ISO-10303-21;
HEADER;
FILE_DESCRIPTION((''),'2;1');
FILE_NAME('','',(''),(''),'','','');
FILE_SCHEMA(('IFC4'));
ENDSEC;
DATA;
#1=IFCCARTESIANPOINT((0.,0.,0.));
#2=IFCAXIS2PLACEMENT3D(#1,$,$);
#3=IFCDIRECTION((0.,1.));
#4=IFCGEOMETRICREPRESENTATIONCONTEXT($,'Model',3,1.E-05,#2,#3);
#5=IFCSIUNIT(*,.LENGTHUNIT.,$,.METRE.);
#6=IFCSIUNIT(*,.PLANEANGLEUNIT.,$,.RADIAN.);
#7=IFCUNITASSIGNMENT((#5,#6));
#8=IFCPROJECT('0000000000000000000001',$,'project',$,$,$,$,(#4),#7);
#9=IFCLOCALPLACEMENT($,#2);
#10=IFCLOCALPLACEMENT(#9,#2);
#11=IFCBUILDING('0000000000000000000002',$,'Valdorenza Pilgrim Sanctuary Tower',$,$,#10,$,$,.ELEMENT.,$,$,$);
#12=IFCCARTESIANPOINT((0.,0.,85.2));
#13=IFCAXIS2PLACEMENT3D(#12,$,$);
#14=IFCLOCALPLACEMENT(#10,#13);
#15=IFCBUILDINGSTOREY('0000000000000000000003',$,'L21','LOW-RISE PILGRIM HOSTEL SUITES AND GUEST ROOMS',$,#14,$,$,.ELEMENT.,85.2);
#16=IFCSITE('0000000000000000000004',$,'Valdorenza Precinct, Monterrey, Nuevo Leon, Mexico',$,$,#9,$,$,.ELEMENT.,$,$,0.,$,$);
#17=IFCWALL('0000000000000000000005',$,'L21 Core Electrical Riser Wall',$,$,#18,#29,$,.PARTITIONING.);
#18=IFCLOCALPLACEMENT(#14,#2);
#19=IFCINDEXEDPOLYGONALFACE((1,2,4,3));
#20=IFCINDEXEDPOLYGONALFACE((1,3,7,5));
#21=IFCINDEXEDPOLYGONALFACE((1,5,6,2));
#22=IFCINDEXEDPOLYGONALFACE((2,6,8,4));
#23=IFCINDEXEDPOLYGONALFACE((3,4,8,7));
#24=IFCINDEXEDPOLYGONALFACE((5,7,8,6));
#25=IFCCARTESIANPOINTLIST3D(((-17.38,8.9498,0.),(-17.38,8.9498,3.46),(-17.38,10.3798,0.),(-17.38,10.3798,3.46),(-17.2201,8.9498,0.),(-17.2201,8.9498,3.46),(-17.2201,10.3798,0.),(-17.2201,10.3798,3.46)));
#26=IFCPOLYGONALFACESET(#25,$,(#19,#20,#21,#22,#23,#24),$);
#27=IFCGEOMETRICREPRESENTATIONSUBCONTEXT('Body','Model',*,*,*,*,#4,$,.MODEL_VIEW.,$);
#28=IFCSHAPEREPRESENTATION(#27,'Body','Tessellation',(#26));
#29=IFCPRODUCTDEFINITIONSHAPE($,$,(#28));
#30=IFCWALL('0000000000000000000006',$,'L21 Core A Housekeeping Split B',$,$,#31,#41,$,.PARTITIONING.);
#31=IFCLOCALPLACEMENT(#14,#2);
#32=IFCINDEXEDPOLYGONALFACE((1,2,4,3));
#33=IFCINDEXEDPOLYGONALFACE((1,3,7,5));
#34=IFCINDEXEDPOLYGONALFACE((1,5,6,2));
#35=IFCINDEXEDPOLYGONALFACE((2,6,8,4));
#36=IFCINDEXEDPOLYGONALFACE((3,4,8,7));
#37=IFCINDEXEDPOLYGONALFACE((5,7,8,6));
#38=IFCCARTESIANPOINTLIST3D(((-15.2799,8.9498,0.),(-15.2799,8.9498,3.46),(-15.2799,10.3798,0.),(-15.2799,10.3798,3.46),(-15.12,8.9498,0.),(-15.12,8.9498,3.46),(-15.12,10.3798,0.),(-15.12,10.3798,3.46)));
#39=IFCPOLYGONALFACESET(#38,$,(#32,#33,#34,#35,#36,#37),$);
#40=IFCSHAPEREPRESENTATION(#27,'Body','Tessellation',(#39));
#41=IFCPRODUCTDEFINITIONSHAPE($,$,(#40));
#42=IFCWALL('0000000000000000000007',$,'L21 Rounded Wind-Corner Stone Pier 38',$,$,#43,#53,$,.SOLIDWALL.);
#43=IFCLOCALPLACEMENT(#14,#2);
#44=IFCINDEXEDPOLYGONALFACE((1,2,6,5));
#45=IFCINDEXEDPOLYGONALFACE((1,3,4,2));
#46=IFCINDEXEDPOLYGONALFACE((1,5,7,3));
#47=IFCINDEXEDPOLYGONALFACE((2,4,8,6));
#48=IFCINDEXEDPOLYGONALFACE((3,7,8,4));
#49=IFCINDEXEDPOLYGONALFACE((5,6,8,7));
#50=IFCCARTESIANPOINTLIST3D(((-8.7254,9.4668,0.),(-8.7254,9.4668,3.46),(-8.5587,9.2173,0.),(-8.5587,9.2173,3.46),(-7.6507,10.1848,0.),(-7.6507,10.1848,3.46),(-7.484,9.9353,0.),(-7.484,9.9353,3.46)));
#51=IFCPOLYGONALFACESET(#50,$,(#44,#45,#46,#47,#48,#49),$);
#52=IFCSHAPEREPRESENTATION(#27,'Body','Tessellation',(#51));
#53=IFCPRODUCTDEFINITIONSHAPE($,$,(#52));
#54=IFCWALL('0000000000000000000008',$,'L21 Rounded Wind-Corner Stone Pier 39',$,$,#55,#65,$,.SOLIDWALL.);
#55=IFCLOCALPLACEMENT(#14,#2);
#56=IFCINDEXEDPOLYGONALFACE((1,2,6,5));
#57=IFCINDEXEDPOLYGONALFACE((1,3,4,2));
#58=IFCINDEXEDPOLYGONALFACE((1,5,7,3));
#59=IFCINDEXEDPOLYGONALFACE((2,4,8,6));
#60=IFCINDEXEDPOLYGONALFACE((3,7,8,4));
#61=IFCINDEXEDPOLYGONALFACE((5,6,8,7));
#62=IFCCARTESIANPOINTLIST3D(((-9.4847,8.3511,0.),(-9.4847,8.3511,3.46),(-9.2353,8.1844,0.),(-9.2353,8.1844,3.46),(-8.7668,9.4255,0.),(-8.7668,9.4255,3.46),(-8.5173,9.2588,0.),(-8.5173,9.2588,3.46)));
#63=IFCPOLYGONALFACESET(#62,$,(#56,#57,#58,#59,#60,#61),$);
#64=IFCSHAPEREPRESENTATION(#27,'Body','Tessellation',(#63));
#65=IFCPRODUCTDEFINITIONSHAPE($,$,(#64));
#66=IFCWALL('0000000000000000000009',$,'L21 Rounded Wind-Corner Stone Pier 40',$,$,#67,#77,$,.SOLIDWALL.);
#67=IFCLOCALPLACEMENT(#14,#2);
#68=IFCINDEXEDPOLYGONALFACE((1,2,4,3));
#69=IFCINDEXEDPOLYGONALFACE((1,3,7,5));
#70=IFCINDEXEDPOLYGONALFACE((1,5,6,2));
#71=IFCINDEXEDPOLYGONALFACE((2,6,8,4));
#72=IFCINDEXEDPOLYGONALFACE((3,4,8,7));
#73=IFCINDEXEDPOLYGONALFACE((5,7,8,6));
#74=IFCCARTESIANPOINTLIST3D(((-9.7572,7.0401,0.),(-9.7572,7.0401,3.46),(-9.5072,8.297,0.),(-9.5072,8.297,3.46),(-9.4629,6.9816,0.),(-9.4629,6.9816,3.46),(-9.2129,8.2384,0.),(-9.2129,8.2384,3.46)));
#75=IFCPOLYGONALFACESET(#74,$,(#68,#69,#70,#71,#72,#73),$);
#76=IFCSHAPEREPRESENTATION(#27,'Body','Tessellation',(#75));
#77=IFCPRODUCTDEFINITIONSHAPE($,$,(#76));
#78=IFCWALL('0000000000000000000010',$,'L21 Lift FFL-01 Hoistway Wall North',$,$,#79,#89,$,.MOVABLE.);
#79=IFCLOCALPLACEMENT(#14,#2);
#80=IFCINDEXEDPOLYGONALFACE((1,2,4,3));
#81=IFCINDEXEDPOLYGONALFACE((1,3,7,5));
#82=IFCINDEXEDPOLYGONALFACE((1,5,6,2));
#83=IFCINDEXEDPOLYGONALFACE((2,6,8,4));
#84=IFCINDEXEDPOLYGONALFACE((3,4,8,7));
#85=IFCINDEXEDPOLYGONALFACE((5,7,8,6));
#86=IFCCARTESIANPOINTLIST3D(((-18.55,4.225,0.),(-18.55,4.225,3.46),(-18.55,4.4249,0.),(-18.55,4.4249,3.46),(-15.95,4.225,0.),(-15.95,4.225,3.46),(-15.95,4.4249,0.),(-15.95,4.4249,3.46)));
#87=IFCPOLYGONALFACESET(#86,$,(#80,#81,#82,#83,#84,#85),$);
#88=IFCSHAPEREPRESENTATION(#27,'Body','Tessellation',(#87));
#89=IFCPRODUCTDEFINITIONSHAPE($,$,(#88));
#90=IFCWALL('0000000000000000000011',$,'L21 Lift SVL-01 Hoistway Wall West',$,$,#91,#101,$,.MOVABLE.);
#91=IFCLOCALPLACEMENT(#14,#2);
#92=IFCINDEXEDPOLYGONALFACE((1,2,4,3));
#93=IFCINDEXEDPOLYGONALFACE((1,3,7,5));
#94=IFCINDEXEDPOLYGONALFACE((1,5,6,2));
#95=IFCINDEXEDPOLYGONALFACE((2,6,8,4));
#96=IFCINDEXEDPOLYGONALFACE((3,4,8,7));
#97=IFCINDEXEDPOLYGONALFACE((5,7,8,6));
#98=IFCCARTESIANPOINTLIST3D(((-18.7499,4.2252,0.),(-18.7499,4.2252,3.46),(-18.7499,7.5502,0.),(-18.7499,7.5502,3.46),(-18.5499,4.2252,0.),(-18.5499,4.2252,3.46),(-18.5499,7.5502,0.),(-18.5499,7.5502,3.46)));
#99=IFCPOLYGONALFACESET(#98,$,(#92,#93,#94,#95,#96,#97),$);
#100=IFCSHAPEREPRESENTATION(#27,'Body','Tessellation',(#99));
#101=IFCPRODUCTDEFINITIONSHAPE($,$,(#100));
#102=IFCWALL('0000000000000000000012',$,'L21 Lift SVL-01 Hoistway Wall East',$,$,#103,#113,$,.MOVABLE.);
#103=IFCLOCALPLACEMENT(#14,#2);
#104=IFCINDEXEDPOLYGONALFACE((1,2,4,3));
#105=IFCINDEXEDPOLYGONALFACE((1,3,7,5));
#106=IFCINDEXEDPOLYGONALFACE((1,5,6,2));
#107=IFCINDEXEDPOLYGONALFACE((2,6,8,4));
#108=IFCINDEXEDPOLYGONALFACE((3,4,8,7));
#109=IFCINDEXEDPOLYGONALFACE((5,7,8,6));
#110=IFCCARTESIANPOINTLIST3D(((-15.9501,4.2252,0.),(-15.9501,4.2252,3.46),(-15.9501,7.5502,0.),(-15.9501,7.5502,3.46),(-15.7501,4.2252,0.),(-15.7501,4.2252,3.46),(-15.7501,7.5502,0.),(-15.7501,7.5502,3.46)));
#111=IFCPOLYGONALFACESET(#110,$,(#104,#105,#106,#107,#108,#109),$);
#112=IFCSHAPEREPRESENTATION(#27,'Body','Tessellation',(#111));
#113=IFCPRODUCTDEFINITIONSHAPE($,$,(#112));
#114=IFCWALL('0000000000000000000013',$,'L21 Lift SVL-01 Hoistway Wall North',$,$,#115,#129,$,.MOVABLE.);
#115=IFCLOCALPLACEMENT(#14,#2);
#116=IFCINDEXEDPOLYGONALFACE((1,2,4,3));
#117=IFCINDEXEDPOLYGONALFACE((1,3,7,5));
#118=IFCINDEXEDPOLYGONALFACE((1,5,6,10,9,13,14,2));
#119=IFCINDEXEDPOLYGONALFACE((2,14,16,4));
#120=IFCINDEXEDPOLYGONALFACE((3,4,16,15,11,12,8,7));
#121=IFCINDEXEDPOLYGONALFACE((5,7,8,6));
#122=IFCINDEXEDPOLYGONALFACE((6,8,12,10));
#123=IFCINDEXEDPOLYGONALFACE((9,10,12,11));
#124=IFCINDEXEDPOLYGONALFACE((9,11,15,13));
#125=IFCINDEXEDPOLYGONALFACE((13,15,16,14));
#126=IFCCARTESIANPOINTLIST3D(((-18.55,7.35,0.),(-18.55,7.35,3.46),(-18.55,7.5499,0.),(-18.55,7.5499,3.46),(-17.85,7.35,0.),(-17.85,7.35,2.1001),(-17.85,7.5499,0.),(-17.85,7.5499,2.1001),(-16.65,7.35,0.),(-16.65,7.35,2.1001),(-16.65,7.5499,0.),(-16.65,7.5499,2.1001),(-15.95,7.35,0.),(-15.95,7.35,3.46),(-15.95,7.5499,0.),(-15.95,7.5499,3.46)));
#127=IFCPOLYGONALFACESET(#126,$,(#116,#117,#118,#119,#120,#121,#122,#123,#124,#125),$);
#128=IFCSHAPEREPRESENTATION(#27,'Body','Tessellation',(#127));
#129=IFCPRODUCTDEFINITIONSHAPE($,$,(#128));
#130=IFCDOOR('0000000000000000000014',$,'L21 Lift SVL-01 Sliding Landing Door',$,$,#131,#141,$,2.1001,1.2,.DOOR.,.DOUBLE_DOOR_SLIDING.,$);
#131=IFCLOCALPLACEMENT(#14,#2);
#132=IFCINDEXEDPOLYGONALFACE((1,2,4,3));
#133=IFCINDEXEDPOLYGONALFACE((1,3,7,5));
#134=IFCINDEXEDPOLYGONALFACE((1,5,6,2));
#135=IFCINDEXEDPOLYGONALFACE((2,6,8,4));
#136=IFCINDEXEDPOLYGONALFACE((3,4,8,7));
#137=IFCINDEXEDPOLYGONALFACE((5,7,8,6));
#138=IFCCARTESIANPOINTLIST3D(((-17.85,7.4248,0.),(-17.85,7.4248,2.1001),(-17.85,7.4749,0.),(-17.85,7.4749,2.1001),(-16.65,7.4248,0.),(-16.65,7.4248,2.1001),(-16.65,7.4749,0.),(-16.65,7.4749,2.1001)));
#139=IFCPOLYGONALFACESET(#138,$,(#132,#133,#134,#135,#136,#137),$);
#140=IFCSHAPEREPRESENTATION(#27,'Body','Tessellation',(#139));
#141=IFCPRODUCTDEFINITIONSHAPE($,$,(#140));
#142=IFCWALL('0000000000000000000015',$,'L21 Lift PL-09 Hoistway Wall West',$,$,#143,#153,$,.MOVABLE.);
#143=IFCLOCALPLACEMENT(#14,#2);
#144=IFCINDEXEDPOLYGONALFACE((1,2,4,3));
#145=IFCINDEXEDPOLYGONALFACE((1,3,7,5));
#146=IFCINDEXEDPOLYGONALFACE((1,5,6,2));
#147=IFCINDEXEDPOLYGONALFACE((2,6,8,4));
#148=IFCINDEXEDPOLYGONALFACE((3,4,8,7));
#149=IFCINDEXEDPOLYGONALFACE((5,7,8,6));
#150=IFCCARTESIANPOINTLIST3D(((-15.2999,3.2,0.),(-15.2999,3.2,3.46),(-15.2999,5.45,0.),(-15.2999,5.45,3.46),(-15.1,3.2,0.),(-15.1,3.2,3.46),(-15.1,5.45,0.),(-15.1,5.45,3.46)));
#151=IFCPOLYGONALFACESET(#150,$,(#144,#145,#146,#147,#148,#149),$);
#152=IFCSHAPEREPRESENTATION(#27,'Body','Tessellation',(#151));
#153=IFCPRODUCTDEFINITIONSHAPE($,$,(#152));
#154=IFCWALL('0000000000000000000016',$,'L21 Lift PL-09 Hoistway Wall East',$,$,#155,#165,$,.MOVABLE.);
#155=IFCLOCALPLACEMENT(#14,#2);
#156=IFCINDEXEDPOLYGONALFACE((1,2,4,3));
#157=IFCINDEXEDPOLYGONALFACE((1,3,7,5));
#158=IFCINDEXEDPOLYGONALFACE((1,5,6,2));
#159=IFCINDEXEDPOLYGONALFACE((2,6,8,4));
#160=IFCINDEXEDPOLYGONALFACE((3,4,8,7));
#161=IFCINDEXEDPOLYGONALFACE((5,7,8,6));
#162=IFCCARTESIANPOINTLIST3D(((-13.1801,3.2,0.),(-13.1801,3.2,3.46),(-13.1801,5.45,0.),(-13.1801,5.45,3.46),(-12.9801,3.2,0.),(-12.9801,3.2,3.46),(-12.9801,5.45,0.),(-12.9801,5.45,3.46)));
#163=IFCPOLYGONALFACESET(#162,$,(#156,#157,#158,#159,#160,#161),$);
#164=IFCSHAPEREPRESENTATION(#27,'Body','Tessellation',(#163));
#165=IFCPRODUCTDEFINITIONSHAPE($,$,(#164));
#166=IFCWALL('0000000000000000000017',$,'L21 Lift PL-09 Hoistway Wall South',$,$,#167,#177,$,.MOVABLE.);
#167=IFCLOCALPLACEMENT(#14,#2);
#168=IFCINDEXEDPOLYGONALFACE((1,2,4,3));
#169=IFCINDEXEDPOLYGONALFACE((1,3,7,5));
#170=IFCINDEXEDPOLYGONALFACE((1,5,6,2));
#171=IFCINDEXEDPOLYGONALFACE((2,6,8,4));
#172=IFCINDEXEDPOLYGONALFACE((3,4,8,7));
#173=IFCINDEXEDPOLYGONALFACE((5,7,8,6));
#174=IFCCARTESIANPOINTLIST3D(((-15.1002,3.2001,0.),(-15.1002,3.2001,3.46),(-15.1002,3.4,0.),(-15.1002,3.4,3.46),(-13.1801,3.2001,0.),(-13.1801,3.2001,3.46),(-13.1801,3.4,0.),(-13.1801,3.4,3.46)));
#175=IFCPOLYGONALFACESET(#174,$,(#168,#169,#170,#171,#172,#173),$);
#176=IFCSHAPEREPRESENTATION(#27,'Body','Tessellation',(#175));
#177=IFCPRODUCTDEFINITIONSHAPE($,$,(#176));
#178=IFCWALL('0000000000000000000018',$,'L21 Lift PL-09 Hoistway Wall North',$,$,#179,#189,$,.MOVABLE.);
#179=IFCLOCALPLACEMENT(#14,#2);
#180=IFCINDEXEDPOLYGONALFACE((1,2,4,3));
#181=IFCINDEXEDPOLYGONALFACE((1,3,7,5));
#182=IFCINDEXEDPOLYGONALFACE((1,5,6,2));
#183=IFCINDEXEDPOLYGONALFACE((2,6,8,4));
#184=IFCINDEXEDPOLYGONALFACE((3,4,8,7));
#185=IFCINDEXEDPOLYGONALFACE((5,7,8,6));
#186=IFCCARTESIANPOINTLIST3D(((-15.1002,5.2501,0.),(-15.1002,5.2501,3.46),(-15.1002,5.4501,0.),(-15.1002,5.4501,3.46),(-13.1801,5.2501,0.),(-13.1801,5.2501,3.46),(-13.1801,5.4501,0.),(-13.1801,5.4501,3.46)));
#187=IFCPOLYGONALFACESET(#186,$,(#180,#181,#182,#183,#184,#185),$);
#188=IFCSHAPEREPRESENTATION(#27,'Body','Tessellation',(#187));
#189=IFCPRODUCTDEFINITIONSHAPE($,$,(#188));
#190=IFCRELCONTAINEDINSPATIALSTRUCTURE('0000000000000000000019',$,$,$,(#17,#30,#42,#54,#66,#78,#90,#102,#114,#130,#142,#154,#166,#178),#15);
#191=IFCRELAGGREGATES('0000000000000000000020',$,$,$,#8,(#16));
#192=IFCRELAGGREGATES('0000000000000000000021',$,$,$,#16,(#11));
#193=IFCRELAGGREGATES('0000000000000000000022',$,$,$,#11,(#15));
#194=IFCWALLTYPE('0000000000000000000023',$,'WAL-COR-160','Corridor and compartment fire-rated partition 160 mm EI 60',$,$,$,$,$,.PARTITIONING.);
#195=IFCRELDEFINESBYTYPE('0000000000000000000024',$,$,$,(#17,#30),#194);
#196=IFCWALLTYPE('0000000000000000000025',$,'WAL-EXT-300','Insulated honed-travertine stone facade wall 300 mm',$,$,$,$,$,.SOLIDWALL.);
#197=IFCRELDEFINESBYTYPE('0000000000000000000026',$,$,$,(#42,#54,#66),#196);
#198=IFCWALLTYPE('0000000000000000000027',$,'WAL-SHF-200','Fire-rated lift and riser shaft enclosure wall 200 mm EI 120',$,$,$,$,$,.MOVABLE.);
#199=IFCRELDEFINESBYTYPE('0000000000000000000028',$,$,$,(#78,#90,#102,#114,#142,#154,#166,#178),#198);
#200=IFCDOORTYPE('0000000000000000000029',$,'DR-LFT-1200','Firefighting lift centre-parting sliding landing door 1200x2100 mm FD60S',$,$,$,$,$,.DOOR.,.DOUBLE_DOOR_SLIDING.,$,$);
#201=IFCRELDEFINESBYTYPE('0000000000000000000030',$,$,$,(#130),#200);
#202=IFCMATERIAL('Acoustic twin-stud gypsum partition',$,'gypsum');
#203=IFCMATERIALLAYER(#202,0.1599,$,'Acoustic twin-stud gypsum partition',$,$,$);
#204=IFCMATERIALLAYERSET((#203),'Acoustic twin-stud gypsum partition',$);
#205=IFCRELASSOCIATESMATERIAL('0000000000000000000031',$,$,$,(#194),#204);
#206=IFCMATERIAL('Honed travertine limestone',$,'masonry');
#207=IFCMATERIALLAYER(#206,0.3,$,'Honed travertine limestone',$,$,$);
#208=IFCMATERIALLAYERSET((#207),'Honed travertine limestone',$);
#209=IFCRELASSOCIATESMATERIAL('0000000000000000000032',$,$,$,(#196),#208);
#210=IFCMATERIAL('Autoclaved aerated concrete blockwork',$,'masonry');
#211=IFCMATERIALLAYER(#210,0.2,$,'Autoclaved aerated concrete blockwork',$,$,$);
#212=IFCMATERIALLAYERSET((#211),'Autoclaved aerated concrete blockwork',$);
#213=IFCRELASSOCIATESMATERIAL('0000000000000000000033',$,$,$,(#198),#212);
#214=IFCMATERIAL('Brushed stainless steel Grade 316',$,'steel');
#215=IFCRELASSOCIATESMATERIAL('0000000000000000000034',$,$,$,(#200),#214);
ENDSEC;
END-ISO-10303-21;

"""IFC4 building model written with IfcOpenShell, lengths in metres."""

from ifc_helpers import new_model, si_unit, direction, frame, frame_2d, origin, place, context, subcontext, project, spatial, rectangle, extrude, material, layer, layer_set, type_object, element, fill, save


model = new_model("IFC4")

# Units and contexts
model_context = context("Model", 3, precision=1e-05, world=origin(), true_north=direction((0.0, 1.0)))
body_context = subcontext(model_context, "Body", "Model", "MODEL_VIEW")
ifc_project = project(units=[si_unit("LENGTHUNIT", "METRE"), si_unit("PLANEANGLEUNIT", "RADIAN")], contexts=[model_context])

# Site, building, storey
site_placement = place(None, origin())
site = spatial("IfcSite", under=ifc_project, at=site_placement, Name="Valdorenza Precinct, Monterrey, Nuevo Leon, Mexico", CompositionType="ELEMENT", RefElevation=0.0)
building_placement = place(site_placement, origin())
building = spatial("IfcBuilding", under=site, at=building_placement, Name="Valdorenza Pilgrim Sanctuary Tower", CompositionType="ELEMENT")
storey_placement = place(building_placement, frame((0.0, 0.0, 85.2)))
storey = spatial("IfcBuildingStorey", under=building, at=storey_placement, Name="L21", Description="LOW-RISE PILGRIM HOSTEL SUITES AND GUEST ROOMS", CompositionType="ELEMENT", Elevation=85.2)

# Shared definitions
ifc_material_1 = material(Name="Honed travertine limestone", Category="masonry")

# Shared definitions
ifc_material_2 = material(Name="Acoustic twin-stud gypsum partition", Category="gypsum")
ifc_layer_1 = layer(ifc_material_2, 0.1599, Name="Acoustic twin-stud gypsum partition")
ifc_layer_set_1 = layer_set([ifc_layer_1], Name="Acoustic twin-stud gypsum partition")
wall_type_1 = type_object("IfcWallType", Name="WAL-COR-160", Description="Corridor and compartment fire-rated partition 160 mm EI 60", PredefinedType="PARTITIONING", material=ifc_layer_set_1)

# Walls
for number, where, z_axis, x_axis, name in (
    (1, (-17.3, 8.95, 0.0), (0.0, 0.0, 1.0), (0.0, 1.0, 0.0), "L21 Core Electrical Riser Wall"),
    (2, (-15.2, 8.95, 0.0), (0.0, 0.0, 1.0), (0.0, 1.0, 0.0), "L21 Core A Housekeeping Split B"),
):
    element("IfcWall", number, at=place(storey_placement, frame(where, z_axis=z_axis, x_axis=x_axis)), inside=storey, type_object=wall_type_1, Name=name, PredefinedType="PARTITIONING", context=body_context, shape_type="SweptSolid", body=[
        extrude(rectangle(XDim=1.4299, YDim=0.1599, at=frame_2d((0.7148, 0.0))), origin(), (0.0, 0.0, 1.0), 3.46),
    ])
ifc_layer_2 = layer(ifc_material_1, 0.3, Name="Honed travertine limestone")
ifc_layer_set_2 = layer_set([ifc_layer_2], Name="Honed travertine limestone")
wall_type_2 = type_object("IfcWallType", Name="WAL-EXT-300", Description="Insulated honed-travertine stone facade wall 300 mm", PredefinedType="SOLIDWALL", material=ifc_layer_set_2)
wall_1_placement = place(storey_placement, frame((-7.5674, 10.0601, 0.0), z_axis=(0.0, 0.0, 1.0), x_axis=(-0.831498, -0.555528, 0.0)))
element("IfcWall", 3, at=wall_1_placement, inside=storey, type_object=wall_type_2, Name="L21 Rounded Wind-Corner Stone Pier 38", PredefinedType="SOLIDWALL", context=body_context, shape_type="SweptSolid", body=[
    extrude(rectangle(XDim=1.2925, YDim=0.3, at=frame_2d((0.6462, 0.0))), origin(), (0.0, 0.0, 1.0), 3.46),
])
wall_2_placement = place(storey_placement, frame((-8.6421, 9.342, 0.0), z_axis=(0.0, 0.0, 1.0), x_axis=(-0.555615, -0.831439, 0.0)))
element("IfcWall", 4, at=wall_2_placement, inside=storey, type_object=wall_type_2, Name="L21 Rounded Wind-Corner Stone Pier 39", PredefinedType="SOLIDWALL", context=body_context, shape_type="SweptSolid", body=[
    extrude(rectangle(XDim=1.2922, YDim=0.3, at=frame_2d((0.646, 0.0))), origin(), (0.0, 0.0, 1.0), 3.46),
])
wall_3_placement = place(storey_placement, frame((-9.3601, 8.2676, 0.0), z_axis=(0.0, 0.0, 1.0), x_axis=(-0.19509, -0.980785, 0.0)))
element("IfcWall", 5, at=wall_3_placement, inside=storey, type_object=wall_type_2, Name="L21 Rounded Wind-Corner Stone Pier 40", PredefinedType="SOLIDWALL", context=body_context, shape_type="SweptSolid", body=[
    extrude(rectangle(XDim=1.2815, YDim=0.3, at=frame_2d((0.6406, 0.0))), origin(), (0.0, 0.0, 1.0), 3.46),
])
ifc_material_3 = material(Name="Autoclaved aerated concrete blockwork", Category="masonry")
ifc_layer_3 = layer(ifc_material_3, 0.2, Name="Autoclaved aerated concrete blockwork")
ifc_layer_set_3 = layer_set([ifc_layer_3], Name="Autoclaved aerated concrete blockwork")
wall_type_3 = type_object("IfcWallType", Name="WAL-SHF-200", Description="Fire-rated lift and riser shaft enclosure wall 200 mm EI 120", PredefinedType="MOVABLE", material=ifc_layer_set_3)
wall_4_placement = place(storey_placement, frame((-18.55, 4.325, 0.0), z_axis=(0.0, 0.0, 1.0), x_axis=(1.0, 0.0, 0.0)))
element("IfcWall", 6, at=wall_4_placement, inside=storey, type_object=wall_type_3, Name="L21 Lift FFL-01 Hoistway Wall North", PredefinedType="MOVABLE", context=body_context, shape_type="SweptSolid", body=[
    extrude(rectangle(XDim=2.6001, YDim=0.2, at=frame_2d((1.3, 0.0))), origin(), (0.0, 0.0, 1.0), 3.46),
])
for number, where, z_axis, x_axis, name in (
    (7, (-18.6499, 4.2251, 0.0), (0.0, 0.0, 1.0), (0.0, 1.0, 0.0), "L21 Lift SVL-01 Hoistway Wall West"),
    (8, (-15.8501, 4.2251, 0.0), (0.0, 0.0, 1.0), (0.0, 1.0, 0.0), "L21 Lift SVL-01 Hoistway Wall East"),
):
    element("IfcWall", number, at=place(storey_placement, frame(where, z_axis=z_axis, x_axis=x_axis)), inside=storey, type_object=wall_type_3, Name=name, PredefinedType="MOVABLE", context=body_context, shape_type="SweptSolid", body=[
        extrude(rectangle(XDim=3.325, YDim=0.2, at=frame_2d((1.6626, 0.0))), origin(), (0.0, 0.0, 1.0), 3.46),
    ])

# Wall, opening, door
wall_5_placement = place(storey_placement, frame((-18.55, 7.45, 0.0), z_axis=(0.0, 0.0, 1.0), x_axis=(1.0, 0.0, 0.0)))
wall_5 = element("IfcWall", 9, at=wall_5_placement, inside=storey, type_object=wall_type_3, Name="L21 Lift SVL-01 Hoistway Wall North", PredefinedType="MOVABLE", context=body_context, shape_type="SweptSolid", body=[
    extrude(rectangle(XDim=2.6001, YDim=0.2, at=frame_2d((1.3, 0.0))), origin(), (0.0, 0.0, 1.0), 3.46),
])
opening_1_placement = place(wall_5_placement, frame((0.7, 0.0, 0.0)))
opening_1 = element("IfcOpeningElement", 10, at=opening_1_placement, cuts=wall_5, PredefinedType="OPENING", context=body_context, shape_type="SweptSolid", body=[
    extrude(rectangle(XDim=1.2, YDim=2.1001, at=frame_2d((0.6001, 1.05))), frame((0.0, 0.1147, 0.0), z_axis=(0.0, -1.0, 0.0), x_axis=(1.0, 0.0, 0.0)), (0.0, 0.0, 1.0), 0.2297),
])
ifc_material_4 = material(Name="Brushed stainless steel Grade 316", Category="steel")
door_type_1 = type_object("IfcDoorType", Name="DR-LFT-1200", Description="Firefighting lift centre-parting sliding landing door 1200x2100 mm FD60S", OperationType="DOUBLE_DOOR_SLIDING", PredefinedType="DOOR", material=ifc_material_4)
door_1_placement = place(opening_1_placement, origin())
door_1 = element("IfcDoor", 11, at=door_1_placement, inside=storey, type_object=door_type_1, Name="L21 Lift SVL-01 Sliding Landing Door", OperationType="DOUBLE_DOOR_SLIDING", OverallHeight=2.1001, OverallWidth=1.2, PredefinedType="DOOR", context=body_context, shape_type="SweptSolid", body=[
    extrude(rectangle(XDim=1.2, YDim=2.1001, at=frame_2d((0.6001, 1.05))), frame((0.0, 0.0249, 0.0), z_axis=(0.0, -1.0, 0.0), x_axis=(1.0, 0.0, 0.0)), (0.0, 0.0, 1.0), 0.05),
])
fill(opening_1, door_1)

# Walls
for number, where, z_axis, x_axis, name in (
    (12, (-15.2, 3.2, 0.0), (0.0, 0.0, 1.0), (0.0, 1.0, 0.0), "L21 Lift PL-09 Hoistway Wall West"),
    (13, (-13.0801, 3.2, 0.0), (0.0, 0.0, 1.0), (0.0, 1.0, 0.0), "L21 Lift PL-09 Hoistway Wall East"),
):
    element("IfcWall", number, at=place(storey_placement, frame(where, z_axis=z_axis, x_axis=x_axis)), inside=storey, type_object=wall_type_3, Name=name, PredefinedType="MOVABLE", context=body_context, shape_type="SweptSolid", body=[
        extrude(rectangle(XDim=2.25, YDim=0.2, at=frame_2d((1.125, 0.0))), origin(), (0.0, 0.0, 1.0), 3.46),
    ])
for number, where, z_axis, x_axis, name in (
    (14, (-15.1001, 3.3, 0.0), (0.0, 0.0, 1.0), (1.0, 0.0, 0.0), "L21 Lift PL-09 Hoistway Wall South"),
    (15, (-15.1001, 5.3501, 0.0), (0.0, 0.0, 1.0), (1.0, 0.0, 0.0), "L21 Lift PL-09 Hoistway Wall North"),
):
    element("IfcWall", number, at=place(storey_placement, frame(where, z_axis=z_axis, x_axis=x_axis)), inside=storey, type_object=wall_type_3, Name=name, PredefinedType="MOVABLE", context=body_context, shape_type="SweptSolid", body=[
        extrude(rectangle(XDim=1.9202, YDim=0.2, at=frame_2d((0.96, 0.0))), origin(), (0.0, 0.0, 1.0), 3.46),
    ])

save(model, "model.ifc")
